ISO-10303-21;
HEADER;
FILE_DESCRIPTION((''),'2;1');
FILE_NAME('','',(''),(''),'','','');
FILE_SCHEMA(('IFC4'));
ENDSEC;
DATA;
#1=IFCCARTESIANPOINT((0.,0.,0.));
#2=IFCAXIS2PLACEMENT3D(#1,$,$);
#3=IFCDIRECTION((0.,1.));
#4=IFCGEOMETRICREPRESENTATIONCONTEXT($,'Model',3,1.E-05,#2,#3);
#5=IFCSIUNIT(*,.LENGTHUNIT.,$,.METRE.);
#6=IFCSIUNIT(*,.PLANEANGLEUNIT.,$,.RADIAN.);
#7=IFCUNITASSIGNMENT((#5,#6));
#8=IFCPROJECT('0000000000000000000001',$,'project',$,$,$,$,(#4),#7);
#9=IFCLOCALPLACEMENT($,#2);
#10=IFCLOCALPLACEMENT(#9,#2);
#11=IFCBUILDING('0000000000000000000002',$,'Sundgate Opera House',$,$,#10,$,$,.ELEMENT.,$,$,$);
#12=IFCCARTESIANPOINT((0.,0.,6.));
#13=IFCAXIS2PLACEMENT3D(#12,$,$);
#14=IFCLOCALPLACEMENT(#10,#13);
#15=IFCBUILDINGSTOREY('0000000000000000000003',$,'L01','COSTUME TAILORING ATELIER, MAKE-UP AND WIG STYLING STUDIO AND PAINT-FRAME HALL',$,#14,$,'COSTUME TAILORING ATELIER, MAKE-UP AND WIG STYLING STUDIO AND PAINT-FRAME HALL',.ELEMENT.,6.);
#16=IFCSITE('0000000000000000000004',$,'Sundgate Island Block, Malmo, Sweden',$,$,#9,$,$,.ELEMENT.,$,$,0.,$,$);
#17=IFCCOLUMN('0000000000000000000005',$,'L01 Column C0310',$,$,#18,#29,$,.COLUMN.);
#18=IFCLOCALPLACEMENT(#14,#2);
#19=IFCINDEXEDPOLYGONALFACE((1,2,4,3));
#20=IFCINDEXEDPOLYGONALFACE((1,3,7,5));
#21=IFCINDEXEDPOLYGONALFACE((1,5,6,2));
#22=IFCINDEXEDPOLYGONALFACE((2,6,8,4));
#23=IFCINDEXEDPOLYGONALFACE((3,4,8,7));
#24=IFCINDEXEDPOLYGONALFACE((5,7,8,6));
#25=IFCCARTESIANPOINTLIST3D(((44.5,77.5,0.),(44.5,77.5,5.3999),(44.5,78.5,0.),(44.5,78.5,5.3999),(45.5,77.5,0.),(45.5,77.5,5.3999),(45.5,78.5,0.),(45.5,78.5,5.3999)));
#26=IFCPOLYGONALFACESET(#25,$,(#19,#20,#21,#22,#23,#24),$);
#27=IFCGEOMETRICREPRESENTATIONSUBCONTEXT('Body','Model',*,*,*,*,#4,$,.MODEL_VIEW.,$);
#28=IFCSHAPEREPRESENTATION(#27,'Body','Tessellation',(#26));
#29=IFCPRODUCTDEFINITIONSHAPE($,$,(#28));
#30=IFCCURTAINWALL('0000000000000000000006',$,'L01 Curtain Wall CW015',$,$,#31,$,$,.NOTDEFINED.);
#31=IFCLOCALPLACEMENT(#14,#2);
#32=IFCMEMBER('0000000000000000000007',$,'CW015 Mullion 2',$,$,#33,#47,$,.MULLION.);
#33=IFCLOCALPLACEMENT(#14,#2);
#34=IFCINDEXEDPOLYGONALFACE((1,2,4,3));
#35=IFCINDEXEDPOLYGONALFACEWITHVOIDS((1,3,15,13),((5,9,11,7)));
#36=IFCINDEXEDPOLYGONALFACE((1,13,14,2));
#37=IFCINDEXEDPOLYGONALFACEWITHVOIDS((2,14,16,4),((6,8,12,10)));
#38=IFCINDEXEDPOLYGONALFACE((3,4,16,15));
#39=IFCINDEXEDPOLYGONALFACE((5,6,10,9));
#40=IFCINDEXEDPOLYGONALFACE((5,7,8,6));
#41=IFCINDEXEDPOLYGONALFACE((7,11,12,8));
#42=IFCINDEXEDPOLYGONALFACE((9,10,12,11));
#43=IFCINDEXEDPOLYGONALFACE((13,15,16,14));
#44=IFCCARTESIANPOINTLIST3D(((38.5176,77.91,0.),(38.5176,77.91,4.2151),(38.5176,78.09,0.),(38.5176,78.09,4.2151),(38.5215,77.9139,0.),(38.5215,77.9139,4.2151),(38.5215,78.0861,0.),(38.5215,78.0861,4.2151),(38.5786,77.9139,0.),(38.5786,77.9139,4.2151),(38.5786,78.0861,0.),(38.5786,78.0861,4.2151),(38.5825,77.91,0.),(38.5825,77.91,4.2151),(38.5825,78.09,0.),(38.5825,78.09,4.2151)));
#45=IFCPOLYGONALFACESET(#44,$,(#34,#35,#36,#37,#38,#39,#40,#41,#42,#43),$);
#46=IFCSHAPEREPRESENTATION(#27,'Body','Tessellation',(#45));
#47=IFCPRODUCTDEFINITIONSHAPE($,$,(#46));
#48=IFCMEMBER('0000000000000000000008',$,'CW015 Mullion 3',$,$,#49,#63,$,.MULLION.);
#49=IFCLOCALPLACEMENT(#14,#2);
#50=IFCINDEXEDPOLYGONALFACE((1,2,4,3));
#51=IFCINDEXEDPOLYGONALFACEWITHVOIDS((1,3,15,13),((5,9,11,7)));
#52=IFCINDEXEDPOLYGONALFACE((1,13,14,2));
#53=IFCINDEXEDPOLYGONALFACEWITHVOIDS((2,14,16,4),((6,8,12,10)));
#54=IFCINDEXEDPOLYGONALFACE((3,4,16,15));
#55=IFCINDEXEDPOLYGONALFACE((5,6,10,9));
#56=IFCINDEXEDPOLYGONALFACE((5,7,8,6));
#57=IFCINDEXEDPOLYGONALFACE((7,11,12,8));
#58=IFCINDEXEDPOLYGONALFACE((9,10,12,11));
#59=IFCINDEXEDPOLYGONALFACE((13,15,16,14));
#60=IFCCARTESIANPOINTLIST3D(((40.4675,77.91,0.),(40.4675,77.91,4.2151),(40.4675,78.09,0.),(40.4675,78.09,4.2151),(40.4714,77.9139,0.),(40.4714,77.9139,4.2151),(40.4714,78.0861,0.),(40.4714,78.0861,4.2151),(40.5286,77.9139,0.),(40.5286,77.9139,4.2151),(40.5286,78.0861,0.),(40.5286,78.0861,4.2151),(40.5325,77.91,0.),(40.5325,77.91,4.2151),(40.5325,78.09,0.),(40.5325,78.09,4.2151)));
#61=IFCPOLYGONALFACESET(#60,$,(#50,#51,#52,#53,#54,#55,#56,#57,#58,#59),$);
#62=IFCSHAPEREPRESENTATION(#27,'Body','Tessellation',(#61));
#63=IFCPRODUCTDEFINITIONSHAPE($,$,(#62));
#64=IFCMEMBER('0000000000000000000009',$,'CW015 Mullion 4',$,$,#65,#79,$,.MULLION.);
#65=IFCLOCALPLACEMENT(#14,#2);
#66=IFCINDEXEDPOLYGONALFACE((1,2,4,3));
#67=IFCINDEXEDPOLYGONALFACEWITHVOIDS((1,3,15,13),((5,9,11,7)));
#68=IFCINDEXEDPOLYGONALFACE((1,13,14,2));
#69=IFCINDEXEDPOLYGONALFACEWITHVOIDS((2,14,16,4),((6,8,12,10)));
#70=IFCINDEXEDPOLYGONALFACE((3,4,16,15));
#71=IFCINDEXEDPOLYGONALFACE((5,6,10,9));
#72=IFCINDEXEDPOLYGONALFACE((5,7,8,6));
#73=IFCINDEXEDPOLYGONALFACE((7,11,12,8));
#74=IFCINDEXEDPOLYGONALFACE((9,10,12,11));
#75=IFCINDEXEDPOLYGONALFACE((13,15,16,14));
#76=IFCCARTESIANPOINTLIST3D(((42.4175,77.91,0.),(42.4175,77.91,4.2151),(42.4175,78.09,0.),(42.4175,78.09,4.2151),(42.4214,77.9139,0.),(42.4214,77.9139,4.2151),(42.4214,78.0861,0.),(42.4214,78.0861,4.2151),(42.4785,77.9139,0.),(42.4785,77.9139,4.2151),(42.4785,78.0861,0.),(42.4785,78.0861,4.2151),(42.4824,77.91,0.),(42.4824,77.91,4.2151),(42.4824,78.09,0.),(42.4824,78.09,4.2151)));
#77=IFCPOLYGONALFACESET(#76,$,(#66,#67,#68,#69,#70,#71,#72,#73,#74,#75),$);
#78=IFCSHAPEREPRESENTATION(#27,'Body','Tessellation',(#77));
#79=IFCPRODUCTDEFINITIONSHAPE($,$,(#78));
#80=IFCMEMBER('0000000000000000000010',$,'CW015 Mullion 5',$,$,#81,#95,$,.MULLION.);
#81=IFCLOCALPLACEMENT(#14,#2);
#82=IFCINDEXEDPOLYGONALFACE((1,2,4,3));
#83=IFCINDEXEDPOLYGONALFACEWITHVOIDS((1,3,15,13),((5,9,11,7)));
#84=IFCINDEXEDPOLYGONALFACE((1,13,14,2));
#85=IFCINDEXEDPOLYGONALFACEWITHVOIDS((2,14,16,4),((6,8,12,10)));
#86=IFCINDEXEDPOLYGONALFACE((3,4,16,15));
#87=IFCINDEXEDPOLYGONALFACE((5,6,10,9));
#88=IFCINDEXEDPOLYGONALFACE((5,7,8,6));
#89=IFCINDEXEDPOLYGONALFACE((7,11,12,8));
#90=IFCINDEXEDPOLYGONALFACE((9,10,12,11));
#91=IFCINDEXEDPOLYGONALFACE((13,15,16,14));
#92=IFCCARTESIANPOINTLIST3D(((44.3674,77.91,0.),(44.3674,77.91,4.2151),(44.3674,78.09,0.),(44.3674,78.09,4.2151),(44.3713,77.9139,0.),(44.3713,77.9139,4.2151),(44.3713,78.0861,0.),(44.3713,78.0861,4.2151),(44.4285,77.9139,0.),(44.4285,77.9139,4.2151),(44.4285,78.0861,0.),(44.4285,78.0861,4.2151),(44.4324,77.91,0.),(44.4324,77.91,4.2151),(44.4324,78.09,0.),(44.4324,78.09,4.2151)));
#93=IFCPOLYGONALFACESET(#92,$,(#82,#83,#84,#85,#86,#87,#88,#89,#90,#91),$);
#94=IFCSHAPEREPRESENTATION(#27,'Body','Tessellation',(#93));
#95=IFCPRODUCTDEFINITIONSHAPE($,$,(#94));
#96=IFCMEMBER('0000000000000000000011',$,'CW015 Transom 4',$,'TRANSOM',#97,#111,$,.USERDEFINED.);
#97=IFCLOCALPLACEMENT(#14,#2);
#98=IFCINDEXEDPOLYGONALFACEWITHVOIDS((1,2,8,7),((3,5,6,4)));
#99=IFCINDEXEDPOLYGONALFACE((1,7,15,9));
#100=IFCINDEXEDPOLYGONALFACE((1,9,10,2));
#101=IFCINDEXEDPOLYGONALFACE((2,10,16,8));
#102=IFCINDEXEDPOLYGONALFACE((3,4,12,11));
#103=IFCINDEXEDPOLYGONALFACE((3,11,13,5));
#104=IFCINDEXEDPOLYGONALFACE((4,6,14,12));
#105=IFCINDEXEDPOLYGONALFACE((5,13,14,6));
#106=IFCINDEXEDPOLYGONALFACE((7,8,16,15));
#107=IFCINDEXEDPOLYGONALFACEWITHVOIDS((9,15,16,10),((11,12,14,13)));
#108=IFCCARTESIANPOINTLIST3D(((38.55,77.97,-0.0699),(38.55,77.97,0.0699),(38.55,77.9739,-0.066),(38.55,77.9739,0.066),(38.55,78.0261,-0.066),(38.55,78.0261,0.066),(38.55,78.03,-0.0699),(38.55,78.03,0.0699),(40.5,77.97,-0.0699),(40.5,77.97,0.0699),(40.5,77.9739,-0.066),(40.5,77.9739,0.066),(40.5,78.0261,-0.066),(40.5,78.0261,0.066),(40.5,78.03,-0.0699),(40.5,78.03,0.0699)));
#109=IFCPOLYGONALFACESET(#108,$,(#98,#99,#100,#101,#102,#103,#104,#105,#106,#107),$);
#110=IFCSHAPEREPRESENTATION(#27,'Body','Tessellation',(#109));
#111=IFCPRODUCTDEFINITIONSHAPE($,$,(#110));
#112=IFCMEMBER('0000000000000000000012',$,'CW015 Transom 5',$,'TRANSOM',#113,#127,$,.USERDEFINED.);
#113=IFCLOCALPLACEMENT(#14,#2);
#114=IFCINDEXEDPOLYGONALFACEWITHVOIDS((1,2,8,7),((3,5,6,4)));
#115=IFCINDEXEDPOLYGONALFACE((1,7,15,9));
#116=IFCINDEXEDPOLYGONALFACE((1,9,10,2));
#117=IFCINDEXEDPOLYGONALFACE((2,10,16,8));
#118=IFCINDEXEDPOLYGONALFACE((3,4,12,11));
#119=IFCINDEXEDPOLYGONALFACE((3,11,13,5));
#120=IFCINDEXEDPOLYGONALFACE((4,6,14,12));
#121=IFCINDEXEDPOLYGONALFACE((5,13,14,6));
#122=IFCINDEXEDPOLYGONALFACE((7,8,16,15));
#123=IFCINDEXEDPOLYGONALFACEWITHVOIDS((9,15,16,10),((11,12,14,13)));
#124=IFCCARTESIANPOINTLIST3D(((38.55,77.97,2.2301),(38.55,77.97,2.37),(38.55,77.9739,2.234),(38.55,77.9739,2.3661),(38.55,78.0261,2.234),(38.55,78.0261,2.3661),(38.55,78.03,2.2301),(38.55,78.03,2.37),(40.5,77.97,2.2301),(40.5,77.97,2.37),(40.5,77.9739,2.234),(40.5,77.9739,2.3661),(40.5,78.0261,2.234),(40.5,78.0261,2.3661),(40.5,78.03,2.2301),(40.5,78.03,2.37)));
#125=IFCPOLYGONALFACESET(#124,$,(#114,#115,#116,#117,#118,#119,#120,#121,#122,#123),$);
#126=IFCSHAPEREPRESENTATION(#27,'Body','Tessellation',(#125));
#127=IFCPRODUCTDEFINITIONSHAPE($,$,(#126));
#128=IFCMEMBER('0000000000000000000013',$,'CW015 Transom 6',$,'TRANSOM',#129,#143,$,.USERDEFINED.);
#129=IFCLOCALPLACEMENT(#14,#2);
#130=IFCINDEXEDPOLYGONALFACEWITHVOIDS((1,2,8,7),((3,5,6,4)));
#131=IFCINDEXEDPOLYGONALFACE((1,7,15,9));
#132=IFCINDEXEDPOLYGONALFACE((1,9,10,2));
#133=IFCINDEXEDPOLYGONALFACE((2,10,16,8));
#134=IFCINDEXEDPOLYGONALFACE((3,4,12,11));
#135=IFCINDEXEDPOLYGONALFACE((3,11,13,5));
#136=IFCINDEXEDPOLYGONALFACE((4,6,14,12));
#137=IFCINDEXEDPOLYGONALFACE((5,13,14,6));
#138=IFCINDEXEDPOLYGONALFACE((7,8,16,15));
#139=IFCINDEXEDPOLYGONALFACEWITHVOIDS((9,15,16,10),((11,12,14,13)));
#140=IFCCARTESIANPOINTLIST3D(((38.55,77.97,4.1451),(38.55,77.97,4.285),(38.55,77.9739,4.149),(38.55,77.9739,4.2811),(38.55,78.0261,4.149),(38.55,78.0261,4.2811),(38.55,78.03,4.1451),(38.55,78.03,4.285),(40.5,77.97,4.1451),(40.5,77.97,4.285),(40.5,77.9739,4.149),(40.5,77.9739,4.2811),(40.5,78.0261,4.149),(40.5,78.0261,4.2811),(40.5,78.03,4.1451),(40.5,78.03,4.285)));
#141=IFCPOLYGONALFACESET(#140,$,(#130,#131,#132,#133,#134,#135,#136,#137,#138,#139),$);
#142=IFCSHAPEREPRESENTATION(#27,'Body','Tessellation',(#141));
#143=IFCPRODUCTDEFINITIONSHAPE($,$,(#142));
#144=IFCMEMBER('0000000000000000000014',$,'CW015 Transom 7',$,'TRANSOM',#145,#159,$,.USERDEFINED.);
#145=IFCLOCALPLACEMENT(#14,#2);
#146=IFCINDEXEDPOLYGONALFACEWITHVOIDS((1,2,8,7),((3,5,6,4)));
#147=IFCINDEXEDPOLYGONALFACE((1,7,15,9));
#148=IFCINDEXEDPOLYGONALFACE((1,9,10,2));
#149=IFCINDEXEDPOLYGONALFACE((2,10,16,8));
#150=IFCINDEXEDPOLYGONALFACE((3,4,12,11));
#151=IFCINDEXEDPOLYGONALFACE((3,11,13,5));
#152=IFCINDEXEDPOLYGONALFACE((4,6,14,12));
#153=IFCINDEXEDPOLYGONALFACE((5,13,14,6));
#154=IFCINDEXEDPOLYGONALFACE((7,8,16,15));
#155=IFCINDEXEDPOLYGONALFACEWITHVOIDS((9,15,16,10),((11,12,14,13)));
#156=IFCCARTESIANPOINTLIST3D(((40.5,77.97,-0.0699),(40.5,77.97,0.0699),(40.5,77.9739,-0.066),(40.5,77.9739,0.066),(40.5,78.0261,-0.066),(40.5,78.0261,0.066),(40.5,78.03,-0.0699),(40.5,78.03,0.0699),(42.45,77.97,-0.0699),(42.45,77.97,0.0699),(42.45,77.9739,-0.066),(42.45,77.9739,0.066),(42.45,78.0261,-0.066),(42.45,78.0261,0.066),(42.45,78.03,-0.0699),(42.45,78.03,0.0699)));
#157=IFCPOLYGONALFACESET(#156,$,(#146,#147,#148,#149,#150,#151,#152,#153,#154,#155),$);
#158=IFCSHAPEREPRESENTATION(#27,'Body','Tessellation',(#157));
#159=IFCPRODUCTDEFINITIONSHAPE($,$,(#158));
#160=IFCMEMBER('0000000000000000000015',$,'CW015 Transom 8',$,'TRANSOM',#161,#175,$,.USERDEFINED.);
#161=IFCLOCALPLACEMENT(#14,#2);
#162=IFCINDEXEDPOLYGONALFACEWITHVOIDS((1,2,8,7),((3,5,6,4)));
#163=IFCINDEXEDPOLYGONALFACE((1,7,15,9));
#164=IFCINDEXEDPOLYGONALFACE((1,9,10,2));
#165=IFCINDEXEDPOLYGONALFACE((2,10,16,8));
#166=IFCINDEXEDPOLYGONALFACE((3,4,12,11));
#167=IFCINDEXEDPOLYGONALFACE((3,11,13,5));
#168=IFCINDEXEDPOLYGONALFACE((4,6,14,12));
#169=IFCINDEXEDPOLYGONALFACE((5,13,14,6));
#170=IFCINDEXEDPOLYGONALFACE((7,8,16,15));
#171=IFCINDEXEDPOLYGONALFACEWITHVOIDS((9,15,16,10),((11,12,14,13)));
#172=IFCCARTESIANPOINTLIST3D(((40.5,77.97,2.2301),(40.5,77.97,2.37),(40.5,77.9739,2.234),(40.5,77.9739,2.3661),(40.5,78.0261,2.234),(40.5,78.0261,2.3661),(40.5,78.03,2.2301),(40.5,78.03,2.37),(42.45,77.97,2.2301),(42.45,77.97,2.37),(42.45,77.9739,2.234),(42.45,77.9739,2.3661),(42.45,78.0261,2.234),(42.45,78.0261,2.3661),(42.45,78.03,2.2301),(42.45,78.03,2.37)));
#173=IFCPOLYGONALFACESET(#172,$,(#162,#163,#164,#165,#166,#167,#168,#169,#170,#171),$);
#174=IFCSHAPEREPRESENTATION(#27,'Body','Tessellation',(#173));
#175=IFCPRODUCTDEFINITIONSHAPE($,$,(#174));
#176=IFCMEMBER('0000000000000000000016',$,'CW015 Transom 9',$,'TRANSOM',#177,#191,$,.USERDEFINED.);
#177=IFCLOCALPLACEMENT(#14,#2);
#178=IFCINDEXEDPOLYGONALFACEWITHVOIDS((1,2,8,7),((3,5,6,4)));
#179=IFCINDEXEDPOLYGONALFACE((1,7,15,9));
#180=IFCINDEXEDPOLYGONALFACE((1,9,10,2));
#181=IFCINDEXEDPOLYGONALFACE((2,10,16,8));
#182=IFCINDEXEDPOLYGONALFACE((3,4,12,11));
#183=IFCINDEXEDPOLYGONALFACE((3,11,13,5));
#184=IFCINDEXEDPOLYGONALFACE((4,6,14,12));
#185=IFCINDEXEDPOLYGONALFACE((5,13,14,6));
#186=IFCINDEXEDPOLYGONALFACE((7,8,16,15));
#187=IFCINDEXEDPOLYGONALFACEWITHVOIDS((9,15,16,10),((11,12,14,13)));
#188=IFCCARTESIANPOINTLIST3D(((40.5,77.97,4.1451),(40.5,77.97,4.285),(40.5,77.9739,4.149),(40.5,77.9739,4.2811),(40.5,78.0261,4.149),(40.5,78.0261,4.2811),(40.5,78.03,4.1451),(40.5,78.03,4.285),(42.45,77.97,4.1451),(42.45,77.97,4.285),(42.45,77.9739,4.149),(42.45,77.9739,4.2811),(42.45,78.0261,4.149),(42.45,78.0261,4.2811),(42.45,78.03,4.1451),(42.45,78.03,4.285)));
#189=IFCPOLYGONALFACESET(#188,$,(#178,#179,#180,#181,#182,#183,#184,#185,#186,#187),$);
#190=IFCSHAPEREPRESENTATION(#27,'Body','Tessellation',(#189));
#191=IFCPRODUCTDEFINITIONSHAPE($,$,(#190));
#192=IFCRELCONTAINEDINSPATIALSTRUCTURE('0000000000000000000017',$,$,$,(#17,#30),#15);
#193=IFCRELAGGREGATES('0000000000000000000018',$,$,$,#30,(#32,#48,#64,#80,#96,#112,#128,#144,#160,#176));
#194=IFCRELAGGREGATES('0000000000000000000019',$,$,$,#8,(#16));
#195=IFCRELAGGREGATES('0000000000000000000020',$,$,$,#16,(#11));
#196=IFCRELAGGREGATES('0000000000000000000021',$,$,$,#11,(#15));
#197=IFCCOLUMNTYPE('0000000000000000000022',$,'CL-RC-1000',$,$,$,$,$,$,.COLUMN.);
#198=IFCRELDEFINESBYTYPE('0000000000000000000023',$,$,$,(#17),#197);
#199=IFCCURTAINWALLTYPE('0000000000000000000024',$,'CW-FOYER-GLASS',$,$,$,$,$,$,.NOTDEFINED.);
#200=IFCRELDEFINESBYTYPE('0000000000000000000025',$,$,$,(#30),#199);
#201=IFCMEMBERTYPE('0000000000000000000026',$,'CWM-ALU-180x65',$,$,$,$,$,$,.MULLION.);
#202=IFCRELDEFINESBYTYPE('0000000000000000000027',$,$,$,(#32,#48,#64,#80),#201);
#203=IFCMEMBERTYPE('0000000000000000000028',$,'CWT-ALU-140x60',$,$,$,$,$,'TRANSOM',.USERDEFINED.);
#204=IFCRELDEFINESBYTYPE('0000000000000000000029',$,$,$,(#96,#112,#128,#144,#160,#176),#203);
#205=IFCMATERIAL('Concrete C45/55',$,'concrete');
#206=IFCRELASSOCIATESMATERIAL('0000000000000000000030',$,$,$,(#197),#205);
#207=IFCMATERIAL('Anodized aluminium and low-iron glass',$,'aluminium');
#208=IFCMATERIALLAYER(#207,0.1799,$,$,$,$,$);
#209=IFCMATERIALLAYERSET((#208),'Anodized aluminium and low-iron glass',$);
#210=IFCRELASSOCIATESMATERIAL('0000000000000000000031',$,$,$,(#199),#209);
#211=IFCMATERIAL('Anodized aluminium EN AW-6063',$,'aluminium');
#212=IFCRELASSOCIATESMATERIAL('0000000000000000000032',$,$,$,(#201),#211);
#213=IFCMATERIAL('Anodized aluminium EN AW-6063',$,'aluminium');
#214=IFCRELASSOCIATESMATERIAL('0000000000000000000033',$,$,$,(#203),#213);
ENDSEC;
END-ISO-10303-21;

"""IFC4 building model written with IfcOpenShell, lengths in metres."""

from ifc_helpers import new_model, si_unit, direction, frame, origin, origin_2d, place, context, subcontext, project, spatial, rectangle, hollow_rectangle, extrude, material, layer, layer_set, material_profile, profile_set, type_object, element, aggregate, save


model = new_model("IFC4")

# Units and contexts
model_context = context("Model", 3, precision=1e-05, world=origin(), true_north=direction((0.0, 1.0)))
body_context = subcontext(model_context, "Body", "Model", "MODEL_VIEW")
ifc_project = project(units=[si_unit("LENGTHUNIT", "METRE"), si_unit("PLANEANGLEUNIT", "RADIAN")], contexts=[model_context])

# Site, building, storey
site_placement = place(None, origin())
site = spatial("IfcSite", under=ifc_project, at=site_placement, Name="Sundgate Island Block, Malmo, Sweden", CompositionType="ELEMENT", RefElevation=0.0)
building_placement = place(site_placement, origin())
building = spatial("IfcBuilding", under=site, at=building_placement, Name="Sundgate Opera House", CompositionType="ELEMENT")
storey_placement = place(building_placement, frame((0.0, 0.0, 6.0)))
storey = spatial("IfcBuildingStorey", under=building, at=storey_placement, Name="L01", Description="COSTUME TAILORING ATELIER, MAKE-UP AND WIG STYLING STUDIO AND PAINT-FRAME HALL", LongName="COSTUME TAILORING ATELIER, MAKE-UP AND WIG STYLING STUDIO AND PAINT-FRAME HALL", CompositionType="ELEMENT", Elevation=6.0)

# Column
ifc_material_1 = material(Name="Concrete C45/55", Category="concrete")
ifc_material_profile_1 = material_profile(ifc_material_1, rectangle(XDim=1.0, YDim=1.0, at=origin_2d()), Name="RC 1000x1000")
ifc_profile_set_1 = profile_set([ifc_material_profile_1], Name="Concrete C45/55")
column_type = type_object("IfcColumnType", Name="CL-RC-1000", PredefinedType="COLUMN", material=ifc_profile_set_1)
column_placement = place(storey_placement, frame((45.0, 78.0, 0.0), z_axis=(0.0, 0.0, 1.0), x_axis=(1.0, 0.0, 0.0)))
element("IfcColumn", 1, at=column_placement, inside=storey, type_object=column_type, Name="L01 Column C0310", PredefinedType="COLUMN", context=body_context, shape_type="SweptSolid", body=[
    extrude(rectangle(XDim=1.0, YDim=1.0, at=origin_2d()), origin(), (0.0, 0.0, 1.0), 5.3999),
])

# Curtain wall, members
ifc_material_2 = material(Name="Anodized aluminium and low-iron glass", Category="aluminium")
ifc_layer_1 = layer(ifc_material_2, 0.1799)
ifc_layer_set_1 = layer_set([ifc_layer_1], Name="Anodized aluminium and low-iron glass")
curtain_wall_type = type_object("IfcCurtainWallType", Name="CW-FOYER-GLASS", PredefinedType="NOTDEFINED", material=ifc_layer_set_1)
curtain_wall_placement = place(storey_placement, origin())
curtain_wall = element("IfcCurtainWall", 2, at=curtain_wall_placement, inside=storey, type_object=curtain_wall_type, Name="L01 Curtain Wall CW015", PredefinedType="NOTDEFINED")
ifc_material_3 = material(Name="Anodized aluminium EN AW-6063", Category="aluminium")
ifc_material_profile_2 = material_profile(ifc_material_3, hollow_rectangle(XDim=0.0649, YDim=0.1799, WallThickness=0.0039, at=origin_2d()), Name="CWM 180x65x4")
ifc_profile_set_2 = profile_set([ifc_material_profile_2], Name="Anodized aluminium EN AW-6063")
member_type_1 = type_object("IfcMemberType", Name="CWM-ALU-180x65", PredefinedType="MULLION", material=ifc_profile_set_2)
member_1_placement = place(storey_placement, frame((38.55, 78.0, 0.0), z_axis=(0.0, 0.0, 1.0), x_axis=(1.0, 0.0, 0.0)))
member_1 = element("IfcMember", 3, at=member_1_placement, type_object=member_type_1, Name="CW015 Mullion 2", PredefinedType="MULLION", context=body_context, shape_type="SweptSolid", body=[
    extrude(hollow_rectangle(XDim=0.0649, YDim=0.1799, WallThickness=0.0039, at=origin_2d()), origin(), (0.0, 0.0, 1.0), 4.2151),
])
member_2_placement = place(storey_placement, frame((40.5, 78.0, 0.0), z_axis=(0.0, 0.0, 1.0), x_axis=(1.0, 0.0, 0.0)))
member_2 = element("IfcMember", 4, at=member_2_placement, type_object=member_type_1, Name="CW015 Mullion 3", PredefinedType="MULLION", context=body_context, shape_type="SweptSolid", body=[
    extrude(hollow_rectangle(XDim=0.0649, YDim=0.1799, WallThickness=0.0039, at=origin_2d()), origin(), (0.0, 0.0, 1.0), 4.2151),
])
member_3_placement = place(storey_placement, frame((42.45, 78.0, 0.0), z_axis=(0.0, 0.0, 1.0), x_axis=(1.0, 0.0, 0.0)))
member_3 = element("IfcMember", 5, at=member_3_placement, type_object=member_type_1, Name="CW015 Mullion 4", PredefinedType="MULLION", context=body_context, shape_type="SweptSolid", body=[
    extrude(hollow_rectangle(XDim=0.0649, YDim=0.1799, WallThickness=0.0039, at=origin_2d()), origin(), (0.0, 0.0, 1.0), 4.2151),
])
member_4_placement = place(storey_placement, frame((44.3999, 78.0, 0.0), z_axis=(0.0, 0.0, 1.0), x_axis=(1.0, 0.0, 0.0)))
member_4 = element("IfcMember", 6, at=member_4_placement, type_object=member_type_1, Name="CW015 Mullion 5", PredefinedType="MULLION", context=body_context, shape_type="SweptSolid", body=[
    extrude(hollow_rectangle(XDim=0.0649, YDim=0.1799, WallThickness=0.0039, at=origin_2d()), origin(), (0.0, 0.0, 1.0), 4.2151),
])
ifc_material_4 = material(Name="Anodized aluminium EN AW-6063", Category="aluminium")
ifc_material_profile_3 = material_profile(ifc_material_4, hollow_rectangle(XDim=0.0601, YDim=0.1399, WallThickness=0.0039, at=origin_2d()), Name="CWT 140x60x4")
ifc_profile_set_3 = profile_set([ifc_material_profile_3], Name="Anodized aluminium EN AW-6063")
member_type_2 = type_object("IfcMemberType", Name="CWT-ALU-140x60", ElementType="TRANSOM", PredefinedType="USERDEFINED", material=ifc_profile_set_3)
member_5_placement = place(storey_placement, frame((38.55, 78.0, 0.0), z_axis=(1.0, 0.0, 0.0), x_axis=(0.0, 1.0, 0.0)))
member_5 = element("IfcMember", 7, at=member_5_placement, type_object=member_type_2, Name="CW015 Transom 4", ObjectType="TRANSOM", PredefinedType="USERDEFINED", context=body_context, shape_type="SweptSolid", body=[
    extrude(hollow_rectangle(XDim=0.0601, YDim=0.1399, WallThickness=0.0039, at=origin_2d()), origin(), (0.0, 0.0, 1.0), 1.95),
])
member_6_placement = place(storey_placement, frame((38.55, 78.0, 2.3), z_axis=(1.0, 0.0, 0.0), x_axis=(0.0, 1.0, 0.0)))
member_6 = element("IfcMember", 8, at=member_6_placement, type_object=member_type_2, Name="CW015 Transom 5", ObjectType="TRANSOM", PredefinedType="USERDEFINED", context=body_context, shape_type="SweptSolid", body=[
    extrude(hollow_rectangle(XDim=0.0601, YDim=0.1399, WallThickness=0.0039, at=origin_2d()), origin(), (0.0, 0.0, 1.0), 1.95),
])
member_7_placement = place(storey_placement, frame((38.55, 78.0, 4.2151), z_axis=(1.0, 0.0, 0.0), x_axis=(0.0, 1.0, 0.0)))
member_7 = element("IfcMember", 9, at=member_7_placement, type_object=member_type_2, Name="CW015 Transom 6", ObjectType="TRANSOM", PredefinedType="USERDEFINED", context=body_context, shape_type="SweptSolid", body=[
    extrude(hollow_rectangle(XDim=0.0601, YDim=0.1399, WallThickness=0.0039, at=origin_2d()), origin(), (0.0, 0.0, 1.0), 1.95),
])
member_8_placement = place(storey_placement, frame((40.5, 78.0, 0.0), z_axis=(1.0, 0.0, 0.0), x_axis=(0.0, 1.0, 0.0)))
member_8 = element("IfcMember", 10, at=member_8_placement, type_object=member_type_2, Name="CW015 Transom 7", ObjectType="TRANSOM", PredefinedType="USERDEFINED", context=body_context, shape_type="SweptSolid", body=[
    extrude(hollow_rectangle(XDim=0.0601, YDim=0.1399, WallThickness=0.0039, at=origin_2d()), origin(), (0.0, 0.0, 1.0), 1.95),
])
member_9_placement = place(storey_placement, frame((40.5, 78.0, 2.3), z_axis=(1.0, 0.0, 0.0), x_axis=(0.0, 1.0, 0.0)))
member_9 = element("IfcMember", 11, at=member_9_placement, type_object=member_type_2, Name="CW015 Transom 8", ObjectType="TRANSOM", PredefinedType="USERDEFINED", context=body_context, shape_type="SweptSolid", body=[
    extrude(hollow_rectangle(XDim=0.0601, YDim=0.1399, WallThickness=0.0039, at=origin_2d()), origin(), (0.0, 0.0, 1.0), 1.95),
])
member_10_placement = place(storey_placement, frame((40.5, 78.0, 4.2151), z_axis=(1.0, 0.0, 0.0), x_axis=(0.0, 1.0, 0.0)))
member_10 = element("IfcMember", 12, at=member_10_placement, type_object=member_type_2, Name="CW015 Transom 9", ObjectType="TRANSOM", PredefinedType="USERDEFINED", context=body_context, shape_type="SweptSolid", body=[
    extrude(hollow_rectangle(XDim=0.0601, YDim=0.1399, WallThickness=0.0039, at=origin_2d()), origin(), (0.0, 0.0, 1.0), 1.95),
])
aggregate(curtain_wall, [member_1, member_2, member_3, member_4, member_5, member_6, member_7, member_8, member_9, member_10])

save(model, "model.ifc")
